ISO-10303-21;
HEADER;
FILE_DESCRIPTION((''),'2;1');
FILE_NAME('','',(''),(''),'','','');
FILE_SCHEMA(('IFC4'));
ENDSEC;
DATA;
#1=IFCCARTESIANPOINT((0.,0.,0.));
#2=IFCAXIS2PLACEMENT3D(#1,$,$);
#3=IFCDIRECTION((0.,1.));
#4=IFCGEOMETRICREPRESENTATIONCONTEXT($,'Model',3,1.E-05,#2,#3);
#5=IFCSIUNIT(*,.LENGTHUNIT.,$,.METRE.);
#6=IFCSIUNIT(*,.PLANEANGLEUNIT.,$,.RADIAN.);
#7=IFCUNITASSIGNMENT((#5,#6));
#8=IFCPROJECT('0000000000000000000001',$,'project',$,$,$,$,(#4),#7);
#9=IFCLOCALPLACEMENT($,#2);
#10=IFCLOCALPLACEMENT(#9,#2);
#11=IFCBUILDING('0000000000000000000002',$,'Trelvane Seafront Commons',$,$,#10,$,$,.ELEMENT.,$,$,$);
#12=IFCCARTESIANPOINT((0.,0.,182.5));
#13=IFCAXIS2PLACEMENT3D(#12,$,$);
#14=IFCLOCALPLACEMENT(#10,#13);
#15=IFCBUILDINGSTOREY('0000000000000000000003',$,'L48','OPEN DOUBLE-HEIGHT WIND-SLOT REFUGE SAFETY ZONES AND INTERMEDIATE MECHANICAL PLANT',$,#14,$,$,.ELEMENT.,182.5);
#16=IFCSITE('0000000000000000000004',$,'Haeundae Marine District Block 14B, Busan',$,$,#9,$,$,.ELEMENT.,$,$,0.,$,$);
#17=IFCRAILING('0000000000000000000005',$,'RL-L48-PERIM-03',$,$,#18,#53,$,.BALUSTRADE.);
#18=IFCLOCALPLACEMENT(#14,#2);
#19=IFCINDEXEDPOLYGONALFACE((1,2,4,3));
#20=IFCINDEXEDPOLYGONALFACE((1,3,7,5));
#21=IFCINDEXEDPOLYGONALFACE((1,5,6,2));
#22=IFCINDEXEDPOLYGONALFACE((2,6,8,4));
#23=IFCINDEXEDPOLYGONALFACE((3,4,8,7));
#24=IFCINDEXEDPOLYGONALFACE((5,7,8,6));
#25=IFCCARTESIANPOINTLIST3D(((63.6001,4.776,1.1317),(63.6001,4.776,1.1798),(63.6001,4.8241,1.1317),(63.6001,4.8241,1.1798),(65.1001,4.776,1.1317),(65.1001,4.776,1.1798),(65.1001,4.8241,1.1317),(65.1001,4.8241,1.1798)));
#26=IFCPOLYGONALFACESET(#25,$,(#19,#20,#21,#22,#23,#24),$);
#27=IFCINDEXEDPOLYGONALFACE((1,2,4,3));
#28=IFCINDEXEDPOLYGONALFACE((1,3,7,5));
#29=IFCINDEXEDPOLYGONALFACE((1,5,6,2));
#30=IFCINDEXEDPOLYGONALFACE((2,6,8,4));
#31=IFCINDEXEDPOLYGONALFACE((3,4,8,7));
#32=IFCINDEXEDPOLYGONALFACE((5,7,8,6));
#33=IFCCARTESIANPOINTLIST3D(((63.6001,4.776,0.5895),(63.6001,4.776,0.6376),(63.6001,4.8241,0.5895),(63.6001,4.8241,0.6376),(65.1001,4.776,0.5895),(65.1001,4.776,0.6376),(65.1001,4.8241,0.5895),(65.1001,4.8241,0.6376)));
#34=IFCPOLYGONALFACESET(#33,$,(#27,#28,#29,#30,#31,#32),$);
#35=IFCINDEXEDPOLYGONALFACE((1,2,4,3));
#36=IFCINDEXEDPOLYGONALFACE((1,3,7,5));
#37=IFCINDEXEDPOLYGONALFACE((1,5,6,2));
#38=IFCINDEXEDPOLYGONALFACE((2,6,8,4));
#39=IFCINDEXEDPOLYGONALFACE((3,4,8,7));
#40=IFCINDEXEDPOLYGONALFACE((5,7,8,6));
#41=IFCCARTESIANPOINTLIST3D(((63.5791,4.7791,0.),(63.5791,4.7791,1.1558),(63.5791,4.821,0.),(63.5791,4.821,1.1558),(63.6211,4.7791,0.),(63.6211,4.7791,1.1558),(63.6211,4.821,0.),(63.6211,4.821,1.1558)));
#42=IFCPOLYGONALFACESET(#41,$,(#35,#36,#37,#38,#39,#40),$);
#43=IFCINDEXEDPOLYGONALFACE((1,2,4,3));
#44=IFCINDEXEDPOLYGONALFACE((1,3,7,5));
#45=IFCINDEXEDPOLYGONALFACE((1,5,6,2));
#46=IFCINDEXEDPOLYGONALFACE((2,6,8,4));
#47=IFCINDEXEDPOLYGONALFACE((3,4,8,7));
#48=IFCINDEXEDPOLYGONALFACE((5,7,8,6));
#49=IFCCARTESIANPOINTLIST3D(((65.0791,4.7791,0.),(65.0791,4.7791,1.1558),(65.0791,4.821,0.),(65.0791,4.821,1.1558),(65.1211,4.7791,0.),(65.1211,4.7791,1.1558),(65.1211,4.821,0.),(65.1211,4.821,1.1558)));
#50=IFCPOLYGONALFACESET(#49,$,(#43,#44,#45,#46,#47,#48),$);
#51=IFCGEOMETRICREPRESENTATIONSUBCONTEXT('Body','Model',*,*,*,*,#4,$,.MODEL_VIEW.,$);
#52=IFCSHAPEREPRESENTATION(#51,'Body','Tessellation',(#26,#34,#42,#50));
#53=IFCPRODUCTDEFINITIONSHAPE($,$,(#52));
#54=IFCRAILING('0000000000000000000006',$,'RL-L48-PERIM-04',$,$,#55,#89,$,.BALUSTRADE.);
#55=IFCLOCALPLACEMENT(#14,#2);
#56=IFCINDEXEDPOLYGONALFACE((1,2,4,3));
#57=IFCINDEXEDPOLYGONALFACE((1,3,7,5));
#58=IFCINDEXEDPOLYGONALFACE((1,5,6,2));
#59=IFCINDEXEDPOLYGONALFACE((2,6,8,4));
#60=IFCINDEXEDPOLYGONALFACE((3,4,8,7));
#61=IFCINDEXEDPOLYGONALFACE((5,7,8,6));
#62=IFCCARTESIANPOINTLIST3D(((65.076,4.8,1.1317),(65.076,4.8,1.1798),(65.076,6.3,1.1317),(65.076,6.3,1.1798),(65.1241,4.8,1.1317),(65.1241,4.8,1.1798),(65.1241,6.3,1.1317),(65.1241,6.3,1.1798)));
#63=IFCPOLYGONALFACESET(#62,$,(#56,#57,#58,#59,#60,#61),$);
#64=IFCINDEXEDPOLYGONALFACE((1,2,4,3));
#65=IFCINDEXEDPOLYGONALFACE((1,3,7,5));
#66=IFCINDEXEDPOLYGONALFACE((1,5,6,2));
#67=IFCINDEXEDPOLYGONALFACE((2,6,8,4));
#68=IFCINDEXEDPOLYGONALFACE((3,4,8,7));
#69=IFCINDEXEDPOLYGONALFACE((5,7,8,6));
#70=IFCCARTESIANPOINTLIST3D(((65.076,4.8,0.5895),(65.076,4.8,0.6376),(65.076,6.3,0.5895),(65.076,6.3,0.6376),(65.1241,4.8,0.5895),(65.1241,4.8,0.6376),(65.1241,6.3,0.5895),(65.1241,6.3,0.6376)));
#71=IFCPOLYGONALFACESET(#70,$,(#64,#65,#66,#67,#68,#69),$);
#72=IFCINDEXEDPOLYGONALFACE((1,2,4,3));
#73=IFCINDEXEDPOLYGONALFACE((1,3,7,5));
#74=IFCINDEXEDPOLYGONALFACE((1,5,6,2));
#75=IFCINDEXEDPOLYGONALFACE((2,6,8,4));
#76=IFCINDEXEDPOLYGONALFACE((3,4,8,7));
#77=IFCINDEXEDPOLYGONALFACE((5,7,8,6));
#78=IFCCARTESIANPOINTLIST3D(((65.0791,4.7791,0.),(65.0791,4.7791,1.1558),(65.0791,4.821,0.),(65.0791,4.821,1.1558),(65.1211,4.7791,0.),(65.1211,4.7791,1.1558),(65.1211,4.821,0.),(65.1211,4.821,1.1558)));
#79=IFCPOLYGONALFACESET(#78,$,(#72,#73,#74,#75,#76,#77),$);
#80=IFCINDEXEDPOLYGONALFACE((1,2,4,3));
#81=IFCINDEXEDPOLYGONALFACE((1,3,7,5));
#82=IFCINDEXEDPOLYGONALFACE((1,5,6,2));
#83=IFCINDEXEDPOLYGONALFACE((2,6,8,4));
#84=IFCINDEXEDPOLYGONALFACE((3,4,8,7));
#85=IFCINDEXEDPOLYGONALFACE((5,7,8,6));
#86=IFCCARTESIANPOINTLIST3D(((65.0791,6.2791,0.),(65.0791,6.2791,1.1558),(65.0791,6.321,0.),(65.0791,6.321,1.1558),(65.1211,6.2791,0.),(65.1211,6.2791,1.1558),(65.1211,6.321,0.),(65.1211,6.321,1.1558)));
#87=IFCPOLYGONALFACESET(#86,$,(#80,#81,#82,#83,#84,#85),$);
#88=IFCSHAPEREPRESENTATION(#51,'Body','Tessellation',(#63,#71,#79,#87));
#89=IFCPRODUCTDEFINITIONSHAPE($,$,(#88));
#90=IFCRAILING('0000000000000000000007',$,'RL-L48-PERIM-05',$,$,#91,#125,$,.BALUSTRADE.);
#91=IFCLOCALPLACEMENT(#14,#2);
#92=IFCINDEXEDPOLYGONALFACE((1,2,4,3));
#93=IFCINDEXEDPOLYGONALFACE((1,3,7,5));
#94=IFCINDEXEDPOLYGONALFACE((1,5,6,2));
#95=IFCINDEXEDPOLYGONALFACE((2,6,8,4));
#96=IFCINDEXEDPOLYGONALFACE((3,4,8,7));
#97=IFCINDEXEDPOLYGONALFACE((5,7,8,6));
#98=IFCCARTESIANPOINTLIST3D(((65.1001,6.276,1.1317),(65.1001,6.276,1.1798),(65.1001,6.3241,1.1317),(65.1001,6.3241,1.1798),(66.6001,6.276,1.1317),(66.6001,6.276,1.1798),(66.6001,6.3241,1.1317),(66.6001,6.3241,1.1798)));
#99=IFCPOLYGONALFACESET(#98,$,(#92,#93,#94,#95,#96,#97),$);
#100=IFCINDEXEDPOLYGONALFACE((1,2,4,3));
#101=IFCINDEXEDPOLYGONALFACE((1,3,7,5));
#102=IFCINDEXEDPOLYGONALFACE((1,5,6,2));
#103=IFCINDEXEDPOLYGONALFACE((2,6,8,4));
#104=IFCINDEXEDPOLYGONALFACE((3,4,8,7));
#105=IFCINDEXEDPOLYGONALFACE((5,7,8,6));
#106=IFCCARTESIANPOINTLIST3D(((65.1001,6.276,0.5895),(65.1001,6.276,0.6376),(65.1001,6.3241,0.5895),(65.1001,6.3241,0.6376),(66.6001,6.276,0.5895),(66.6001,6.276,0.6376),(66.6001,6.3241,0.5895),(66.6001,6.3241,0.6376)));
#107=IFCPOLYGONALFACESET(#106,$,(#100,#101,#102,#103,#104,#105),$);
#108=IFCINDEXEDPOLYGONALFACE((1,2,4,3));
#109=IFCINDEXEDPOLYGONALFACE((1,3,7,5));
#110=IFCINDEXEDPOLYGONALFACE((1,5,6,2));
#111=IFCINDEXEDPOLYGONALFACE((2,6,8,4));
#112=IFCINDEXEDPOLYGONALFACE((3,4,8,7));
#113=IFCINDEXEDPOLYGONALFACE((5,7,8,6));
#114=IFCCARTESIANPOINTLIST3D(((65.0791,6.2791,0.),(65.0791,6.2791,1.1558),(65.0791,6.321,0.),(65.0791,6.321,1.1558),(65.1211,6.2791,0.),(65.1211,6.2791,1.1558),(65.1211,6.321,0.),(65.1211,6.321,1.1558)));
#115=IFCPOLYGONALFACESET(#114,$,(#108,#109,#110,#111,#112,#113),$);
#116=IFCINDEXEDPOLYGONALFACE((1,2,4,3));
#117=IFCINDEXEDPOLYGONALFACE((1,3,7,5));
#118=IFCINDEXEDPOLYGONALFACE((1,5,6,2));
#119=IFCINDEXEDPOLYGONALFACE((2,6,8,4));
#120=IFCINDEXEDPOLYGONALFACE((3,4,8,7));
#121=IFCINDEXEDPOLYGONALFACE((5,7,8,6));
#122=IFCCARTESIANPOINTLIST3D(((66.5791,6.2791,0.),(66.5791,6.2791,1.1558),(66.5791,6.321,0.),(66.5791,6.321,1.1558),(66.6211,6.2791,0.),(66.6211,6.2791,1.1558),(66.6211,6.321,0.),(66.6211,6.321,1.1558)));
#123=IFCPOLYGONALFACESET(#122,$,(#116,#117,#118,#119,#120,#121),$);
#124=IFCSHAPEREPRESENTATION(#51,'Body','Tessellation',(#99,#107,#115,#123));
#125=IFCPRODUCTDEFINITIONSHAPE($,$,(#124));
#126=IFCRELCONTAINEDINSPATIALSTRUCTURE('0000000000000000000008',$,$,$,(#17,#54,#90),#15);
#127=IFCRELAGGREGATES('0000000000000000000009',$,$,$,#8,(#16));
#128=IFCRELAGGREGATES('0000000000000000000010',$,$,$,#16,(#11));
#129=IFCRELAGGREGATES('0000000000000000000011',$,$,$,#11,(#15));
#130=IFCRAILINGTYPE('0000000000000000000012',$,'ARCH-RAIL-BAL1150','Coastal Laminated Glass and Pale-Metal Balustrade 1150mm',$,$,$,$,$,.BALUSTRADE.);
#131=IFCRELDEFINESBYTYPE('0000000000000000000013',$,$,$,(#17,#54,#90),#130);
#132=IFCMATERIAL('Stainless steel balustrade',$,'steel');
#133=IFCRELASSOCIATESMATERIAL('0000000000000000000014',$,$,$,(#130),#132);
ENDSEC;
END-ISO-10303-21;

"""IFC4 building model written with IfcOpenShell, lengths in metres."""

from ifc_helpers import new_model, si_unit, direction, frame, origin, origin_2d, place, context, subcontext, project, spatial, rectangle, extrude, material, type_object, element, save


model = new_model("IFC4")

# Units and contexts
model_context = context("Model", 3, precision=1e-05, world=origin(), true_north=direction((0.0, 1.0)))
body_context = subcontext(model_context, "Body", "Model", "MODEL_VIEW")
ifc_project = project(units=[si_unit("LENGTHUNIT", "METRE"), si_unit("PLANEANGLEUNIT", "RADIAN")], contexts=[model_context])

# Site, building, storey
site_placement = place(None, origin())
site = spatial("IfcSite", under=ifc_project, at=site_placement, Name="Haeundae Marine District Block 14B, Busan", CompositionType="ELEMENT", RefElevation=0.0)
building_placement = place(site_placement, origin())
building = spatial("IfcBuilding", under=site, at=building_placement, Name="Trelvane Seafront Commons", CompositionType="ELEMENT")
storey_placement = place(building_placement, frame((0.0, 0.0, 182.5)))
storey = spatial("IfcBuildingStorey", under=building, at=storey_placement, Name="L48", Description="OPEN DOUBLE-HEIGHT WIND-SLOT REFUGE SAFETY ZONES AND INTERMEDIATE MECHANICAL PLANT", CompositionType="ELEMENT", Elevation=182.5)

# Railings
ifc_material_1 = material(Name="Stainless steel balustrade", Category="steel")
railing_type = type_object("IfcRailingType", Name="ARCH-RAIL-BAL1150", Description="Coastal Laminated Glass and Pale-Metal Balustrade 1150mm", PredefinedType="BALUSTRADE", material=ifc_material_1)
railing_1_placement = place(storey_placement, frame((63.6001, 4.8, 0.0)))
element("IfcRailing", 1, at=railing_1_placement, inside=storey, type_object=railing_type, Name="RL-L48-PERIM-03", PredefinedType="BALUSTRADE", context=body_context, shape_type="SweptSolid", body=[
    extrude(rectangle(XDim=0.0481, YDim=0.0481, at=origin_2d()), frame((0.0, 0.0, 1.1558), z_axis=(1.0, 0.0, 0.0), x_axis=(0.0, 1.0, 0.0)), (0.0, 0.0, 1.0), 1.5),
    extrude(rectangle(XDim=0.0481, YDim=0.0481, at=origin_2d()), frame((0.0, 0.0, 0.6135), z_axis=(1.0, 0.0, 0.0), x_axis=(0.0, 1.0, 0.0)), (0.0, 0.0, 1.0), 1.5),
    extrude(rectangle(XDim=0.042, YDim=0.042, at=origin_2d()), origin(), (0.0, 0.0, 1.0), 1.1558),
    extrude(rectangle(XDim=0.042, YDim=0.042, at=origin_2d()), frame((1.5, 0.0, 0.0)), (0.0, 0.0, 1.0), 1.1558),
])
railing_2_placement = place(storey_placement, frame((65.1001, 4.8, 0.0)))
element("IfcRailing", 2, at=railing_2_placement, inside=storey, type_object=railing_type, Name="RL-L48-PERIM-04", PredefinedType="BALUSTRADE", context=body_context, shape_type="SweptSolid", body=[
    extrude(rectangle(XDim=0.0481, YDim=0.0481, at=origin_2d()), frame((0.0, 0.0, 1.1558), z_axis=(0.0, 1.0, 0.0), x_axis=(-1.0, 0.0, 0.0)), (0.0, 0.0, 1.0), 1.5),
    extrude(rectangle(XDim=0.0481, YDim=0.0481, at=origin_2d()), frame((0.0, 0.0, 0.6135), z_axis=(0.0, 1.0, 0.0), x_axis=(-1.0, 0.0, 0.0)), (0.0, 0.0, 1.0), 1.5),
    extrude(rectangle(XDim=0.042, YDim=0.042, at=origin_2d()), origin(), (0.0, 0.0, 1.0), 1.1558),
    extrude(rectangle(XDim=0.042, YDim=0.042, at=origin_2d()), frame((0.0, 1.5, 0.0)), (0.0, 0.0, 1.0), 1.1558),
])
railing_3_placement = place(storey_placement, frame((65.1001, 6.3, 0.0)))
element("IfcRailing", 3, at=railing_3_placement, inside=storey, type_object=railing_type, Name="RL-L48-PERIM-05", PredefinedType="BALUSTRADE", context=body_context, shape_type="SweptSolid", body=[
    extrude(rectangle(XDim=0.0481, YDim=0.0481, at=origin_2d()), frame((0.0, 0.0, 1.1558), z_axis=(1.0, 0.0, 0.0), x_axis=(0.0, 1.0, 0.0)), (0.0, 0.0, 1.0), 1.5),
    extrude(rectangle(XDim=0.0481, YDim=0.0481, at=origin_2d()), frame((0.0, 0.0, 0.6135), z_axis=(1.0, 0.0, 0.0), x_axis=(0.0, 1.0, 0.0)), (0.0, 0.0, 1.0), 1.5),
    extrude(rectangle(XDim=0.042, YDim=0.042, at=origin_2d()), origin(), (0.0, 0.0, 1.0), 1.1558),
    extrude(rectangle(XDim=0.042, YDim=0.042, at=origin_2d()), frame((1.5, 0.0, 0.0)), (0.0, 0.0, 1.0), 1.1558),
])

save(model, "model.ifc")
